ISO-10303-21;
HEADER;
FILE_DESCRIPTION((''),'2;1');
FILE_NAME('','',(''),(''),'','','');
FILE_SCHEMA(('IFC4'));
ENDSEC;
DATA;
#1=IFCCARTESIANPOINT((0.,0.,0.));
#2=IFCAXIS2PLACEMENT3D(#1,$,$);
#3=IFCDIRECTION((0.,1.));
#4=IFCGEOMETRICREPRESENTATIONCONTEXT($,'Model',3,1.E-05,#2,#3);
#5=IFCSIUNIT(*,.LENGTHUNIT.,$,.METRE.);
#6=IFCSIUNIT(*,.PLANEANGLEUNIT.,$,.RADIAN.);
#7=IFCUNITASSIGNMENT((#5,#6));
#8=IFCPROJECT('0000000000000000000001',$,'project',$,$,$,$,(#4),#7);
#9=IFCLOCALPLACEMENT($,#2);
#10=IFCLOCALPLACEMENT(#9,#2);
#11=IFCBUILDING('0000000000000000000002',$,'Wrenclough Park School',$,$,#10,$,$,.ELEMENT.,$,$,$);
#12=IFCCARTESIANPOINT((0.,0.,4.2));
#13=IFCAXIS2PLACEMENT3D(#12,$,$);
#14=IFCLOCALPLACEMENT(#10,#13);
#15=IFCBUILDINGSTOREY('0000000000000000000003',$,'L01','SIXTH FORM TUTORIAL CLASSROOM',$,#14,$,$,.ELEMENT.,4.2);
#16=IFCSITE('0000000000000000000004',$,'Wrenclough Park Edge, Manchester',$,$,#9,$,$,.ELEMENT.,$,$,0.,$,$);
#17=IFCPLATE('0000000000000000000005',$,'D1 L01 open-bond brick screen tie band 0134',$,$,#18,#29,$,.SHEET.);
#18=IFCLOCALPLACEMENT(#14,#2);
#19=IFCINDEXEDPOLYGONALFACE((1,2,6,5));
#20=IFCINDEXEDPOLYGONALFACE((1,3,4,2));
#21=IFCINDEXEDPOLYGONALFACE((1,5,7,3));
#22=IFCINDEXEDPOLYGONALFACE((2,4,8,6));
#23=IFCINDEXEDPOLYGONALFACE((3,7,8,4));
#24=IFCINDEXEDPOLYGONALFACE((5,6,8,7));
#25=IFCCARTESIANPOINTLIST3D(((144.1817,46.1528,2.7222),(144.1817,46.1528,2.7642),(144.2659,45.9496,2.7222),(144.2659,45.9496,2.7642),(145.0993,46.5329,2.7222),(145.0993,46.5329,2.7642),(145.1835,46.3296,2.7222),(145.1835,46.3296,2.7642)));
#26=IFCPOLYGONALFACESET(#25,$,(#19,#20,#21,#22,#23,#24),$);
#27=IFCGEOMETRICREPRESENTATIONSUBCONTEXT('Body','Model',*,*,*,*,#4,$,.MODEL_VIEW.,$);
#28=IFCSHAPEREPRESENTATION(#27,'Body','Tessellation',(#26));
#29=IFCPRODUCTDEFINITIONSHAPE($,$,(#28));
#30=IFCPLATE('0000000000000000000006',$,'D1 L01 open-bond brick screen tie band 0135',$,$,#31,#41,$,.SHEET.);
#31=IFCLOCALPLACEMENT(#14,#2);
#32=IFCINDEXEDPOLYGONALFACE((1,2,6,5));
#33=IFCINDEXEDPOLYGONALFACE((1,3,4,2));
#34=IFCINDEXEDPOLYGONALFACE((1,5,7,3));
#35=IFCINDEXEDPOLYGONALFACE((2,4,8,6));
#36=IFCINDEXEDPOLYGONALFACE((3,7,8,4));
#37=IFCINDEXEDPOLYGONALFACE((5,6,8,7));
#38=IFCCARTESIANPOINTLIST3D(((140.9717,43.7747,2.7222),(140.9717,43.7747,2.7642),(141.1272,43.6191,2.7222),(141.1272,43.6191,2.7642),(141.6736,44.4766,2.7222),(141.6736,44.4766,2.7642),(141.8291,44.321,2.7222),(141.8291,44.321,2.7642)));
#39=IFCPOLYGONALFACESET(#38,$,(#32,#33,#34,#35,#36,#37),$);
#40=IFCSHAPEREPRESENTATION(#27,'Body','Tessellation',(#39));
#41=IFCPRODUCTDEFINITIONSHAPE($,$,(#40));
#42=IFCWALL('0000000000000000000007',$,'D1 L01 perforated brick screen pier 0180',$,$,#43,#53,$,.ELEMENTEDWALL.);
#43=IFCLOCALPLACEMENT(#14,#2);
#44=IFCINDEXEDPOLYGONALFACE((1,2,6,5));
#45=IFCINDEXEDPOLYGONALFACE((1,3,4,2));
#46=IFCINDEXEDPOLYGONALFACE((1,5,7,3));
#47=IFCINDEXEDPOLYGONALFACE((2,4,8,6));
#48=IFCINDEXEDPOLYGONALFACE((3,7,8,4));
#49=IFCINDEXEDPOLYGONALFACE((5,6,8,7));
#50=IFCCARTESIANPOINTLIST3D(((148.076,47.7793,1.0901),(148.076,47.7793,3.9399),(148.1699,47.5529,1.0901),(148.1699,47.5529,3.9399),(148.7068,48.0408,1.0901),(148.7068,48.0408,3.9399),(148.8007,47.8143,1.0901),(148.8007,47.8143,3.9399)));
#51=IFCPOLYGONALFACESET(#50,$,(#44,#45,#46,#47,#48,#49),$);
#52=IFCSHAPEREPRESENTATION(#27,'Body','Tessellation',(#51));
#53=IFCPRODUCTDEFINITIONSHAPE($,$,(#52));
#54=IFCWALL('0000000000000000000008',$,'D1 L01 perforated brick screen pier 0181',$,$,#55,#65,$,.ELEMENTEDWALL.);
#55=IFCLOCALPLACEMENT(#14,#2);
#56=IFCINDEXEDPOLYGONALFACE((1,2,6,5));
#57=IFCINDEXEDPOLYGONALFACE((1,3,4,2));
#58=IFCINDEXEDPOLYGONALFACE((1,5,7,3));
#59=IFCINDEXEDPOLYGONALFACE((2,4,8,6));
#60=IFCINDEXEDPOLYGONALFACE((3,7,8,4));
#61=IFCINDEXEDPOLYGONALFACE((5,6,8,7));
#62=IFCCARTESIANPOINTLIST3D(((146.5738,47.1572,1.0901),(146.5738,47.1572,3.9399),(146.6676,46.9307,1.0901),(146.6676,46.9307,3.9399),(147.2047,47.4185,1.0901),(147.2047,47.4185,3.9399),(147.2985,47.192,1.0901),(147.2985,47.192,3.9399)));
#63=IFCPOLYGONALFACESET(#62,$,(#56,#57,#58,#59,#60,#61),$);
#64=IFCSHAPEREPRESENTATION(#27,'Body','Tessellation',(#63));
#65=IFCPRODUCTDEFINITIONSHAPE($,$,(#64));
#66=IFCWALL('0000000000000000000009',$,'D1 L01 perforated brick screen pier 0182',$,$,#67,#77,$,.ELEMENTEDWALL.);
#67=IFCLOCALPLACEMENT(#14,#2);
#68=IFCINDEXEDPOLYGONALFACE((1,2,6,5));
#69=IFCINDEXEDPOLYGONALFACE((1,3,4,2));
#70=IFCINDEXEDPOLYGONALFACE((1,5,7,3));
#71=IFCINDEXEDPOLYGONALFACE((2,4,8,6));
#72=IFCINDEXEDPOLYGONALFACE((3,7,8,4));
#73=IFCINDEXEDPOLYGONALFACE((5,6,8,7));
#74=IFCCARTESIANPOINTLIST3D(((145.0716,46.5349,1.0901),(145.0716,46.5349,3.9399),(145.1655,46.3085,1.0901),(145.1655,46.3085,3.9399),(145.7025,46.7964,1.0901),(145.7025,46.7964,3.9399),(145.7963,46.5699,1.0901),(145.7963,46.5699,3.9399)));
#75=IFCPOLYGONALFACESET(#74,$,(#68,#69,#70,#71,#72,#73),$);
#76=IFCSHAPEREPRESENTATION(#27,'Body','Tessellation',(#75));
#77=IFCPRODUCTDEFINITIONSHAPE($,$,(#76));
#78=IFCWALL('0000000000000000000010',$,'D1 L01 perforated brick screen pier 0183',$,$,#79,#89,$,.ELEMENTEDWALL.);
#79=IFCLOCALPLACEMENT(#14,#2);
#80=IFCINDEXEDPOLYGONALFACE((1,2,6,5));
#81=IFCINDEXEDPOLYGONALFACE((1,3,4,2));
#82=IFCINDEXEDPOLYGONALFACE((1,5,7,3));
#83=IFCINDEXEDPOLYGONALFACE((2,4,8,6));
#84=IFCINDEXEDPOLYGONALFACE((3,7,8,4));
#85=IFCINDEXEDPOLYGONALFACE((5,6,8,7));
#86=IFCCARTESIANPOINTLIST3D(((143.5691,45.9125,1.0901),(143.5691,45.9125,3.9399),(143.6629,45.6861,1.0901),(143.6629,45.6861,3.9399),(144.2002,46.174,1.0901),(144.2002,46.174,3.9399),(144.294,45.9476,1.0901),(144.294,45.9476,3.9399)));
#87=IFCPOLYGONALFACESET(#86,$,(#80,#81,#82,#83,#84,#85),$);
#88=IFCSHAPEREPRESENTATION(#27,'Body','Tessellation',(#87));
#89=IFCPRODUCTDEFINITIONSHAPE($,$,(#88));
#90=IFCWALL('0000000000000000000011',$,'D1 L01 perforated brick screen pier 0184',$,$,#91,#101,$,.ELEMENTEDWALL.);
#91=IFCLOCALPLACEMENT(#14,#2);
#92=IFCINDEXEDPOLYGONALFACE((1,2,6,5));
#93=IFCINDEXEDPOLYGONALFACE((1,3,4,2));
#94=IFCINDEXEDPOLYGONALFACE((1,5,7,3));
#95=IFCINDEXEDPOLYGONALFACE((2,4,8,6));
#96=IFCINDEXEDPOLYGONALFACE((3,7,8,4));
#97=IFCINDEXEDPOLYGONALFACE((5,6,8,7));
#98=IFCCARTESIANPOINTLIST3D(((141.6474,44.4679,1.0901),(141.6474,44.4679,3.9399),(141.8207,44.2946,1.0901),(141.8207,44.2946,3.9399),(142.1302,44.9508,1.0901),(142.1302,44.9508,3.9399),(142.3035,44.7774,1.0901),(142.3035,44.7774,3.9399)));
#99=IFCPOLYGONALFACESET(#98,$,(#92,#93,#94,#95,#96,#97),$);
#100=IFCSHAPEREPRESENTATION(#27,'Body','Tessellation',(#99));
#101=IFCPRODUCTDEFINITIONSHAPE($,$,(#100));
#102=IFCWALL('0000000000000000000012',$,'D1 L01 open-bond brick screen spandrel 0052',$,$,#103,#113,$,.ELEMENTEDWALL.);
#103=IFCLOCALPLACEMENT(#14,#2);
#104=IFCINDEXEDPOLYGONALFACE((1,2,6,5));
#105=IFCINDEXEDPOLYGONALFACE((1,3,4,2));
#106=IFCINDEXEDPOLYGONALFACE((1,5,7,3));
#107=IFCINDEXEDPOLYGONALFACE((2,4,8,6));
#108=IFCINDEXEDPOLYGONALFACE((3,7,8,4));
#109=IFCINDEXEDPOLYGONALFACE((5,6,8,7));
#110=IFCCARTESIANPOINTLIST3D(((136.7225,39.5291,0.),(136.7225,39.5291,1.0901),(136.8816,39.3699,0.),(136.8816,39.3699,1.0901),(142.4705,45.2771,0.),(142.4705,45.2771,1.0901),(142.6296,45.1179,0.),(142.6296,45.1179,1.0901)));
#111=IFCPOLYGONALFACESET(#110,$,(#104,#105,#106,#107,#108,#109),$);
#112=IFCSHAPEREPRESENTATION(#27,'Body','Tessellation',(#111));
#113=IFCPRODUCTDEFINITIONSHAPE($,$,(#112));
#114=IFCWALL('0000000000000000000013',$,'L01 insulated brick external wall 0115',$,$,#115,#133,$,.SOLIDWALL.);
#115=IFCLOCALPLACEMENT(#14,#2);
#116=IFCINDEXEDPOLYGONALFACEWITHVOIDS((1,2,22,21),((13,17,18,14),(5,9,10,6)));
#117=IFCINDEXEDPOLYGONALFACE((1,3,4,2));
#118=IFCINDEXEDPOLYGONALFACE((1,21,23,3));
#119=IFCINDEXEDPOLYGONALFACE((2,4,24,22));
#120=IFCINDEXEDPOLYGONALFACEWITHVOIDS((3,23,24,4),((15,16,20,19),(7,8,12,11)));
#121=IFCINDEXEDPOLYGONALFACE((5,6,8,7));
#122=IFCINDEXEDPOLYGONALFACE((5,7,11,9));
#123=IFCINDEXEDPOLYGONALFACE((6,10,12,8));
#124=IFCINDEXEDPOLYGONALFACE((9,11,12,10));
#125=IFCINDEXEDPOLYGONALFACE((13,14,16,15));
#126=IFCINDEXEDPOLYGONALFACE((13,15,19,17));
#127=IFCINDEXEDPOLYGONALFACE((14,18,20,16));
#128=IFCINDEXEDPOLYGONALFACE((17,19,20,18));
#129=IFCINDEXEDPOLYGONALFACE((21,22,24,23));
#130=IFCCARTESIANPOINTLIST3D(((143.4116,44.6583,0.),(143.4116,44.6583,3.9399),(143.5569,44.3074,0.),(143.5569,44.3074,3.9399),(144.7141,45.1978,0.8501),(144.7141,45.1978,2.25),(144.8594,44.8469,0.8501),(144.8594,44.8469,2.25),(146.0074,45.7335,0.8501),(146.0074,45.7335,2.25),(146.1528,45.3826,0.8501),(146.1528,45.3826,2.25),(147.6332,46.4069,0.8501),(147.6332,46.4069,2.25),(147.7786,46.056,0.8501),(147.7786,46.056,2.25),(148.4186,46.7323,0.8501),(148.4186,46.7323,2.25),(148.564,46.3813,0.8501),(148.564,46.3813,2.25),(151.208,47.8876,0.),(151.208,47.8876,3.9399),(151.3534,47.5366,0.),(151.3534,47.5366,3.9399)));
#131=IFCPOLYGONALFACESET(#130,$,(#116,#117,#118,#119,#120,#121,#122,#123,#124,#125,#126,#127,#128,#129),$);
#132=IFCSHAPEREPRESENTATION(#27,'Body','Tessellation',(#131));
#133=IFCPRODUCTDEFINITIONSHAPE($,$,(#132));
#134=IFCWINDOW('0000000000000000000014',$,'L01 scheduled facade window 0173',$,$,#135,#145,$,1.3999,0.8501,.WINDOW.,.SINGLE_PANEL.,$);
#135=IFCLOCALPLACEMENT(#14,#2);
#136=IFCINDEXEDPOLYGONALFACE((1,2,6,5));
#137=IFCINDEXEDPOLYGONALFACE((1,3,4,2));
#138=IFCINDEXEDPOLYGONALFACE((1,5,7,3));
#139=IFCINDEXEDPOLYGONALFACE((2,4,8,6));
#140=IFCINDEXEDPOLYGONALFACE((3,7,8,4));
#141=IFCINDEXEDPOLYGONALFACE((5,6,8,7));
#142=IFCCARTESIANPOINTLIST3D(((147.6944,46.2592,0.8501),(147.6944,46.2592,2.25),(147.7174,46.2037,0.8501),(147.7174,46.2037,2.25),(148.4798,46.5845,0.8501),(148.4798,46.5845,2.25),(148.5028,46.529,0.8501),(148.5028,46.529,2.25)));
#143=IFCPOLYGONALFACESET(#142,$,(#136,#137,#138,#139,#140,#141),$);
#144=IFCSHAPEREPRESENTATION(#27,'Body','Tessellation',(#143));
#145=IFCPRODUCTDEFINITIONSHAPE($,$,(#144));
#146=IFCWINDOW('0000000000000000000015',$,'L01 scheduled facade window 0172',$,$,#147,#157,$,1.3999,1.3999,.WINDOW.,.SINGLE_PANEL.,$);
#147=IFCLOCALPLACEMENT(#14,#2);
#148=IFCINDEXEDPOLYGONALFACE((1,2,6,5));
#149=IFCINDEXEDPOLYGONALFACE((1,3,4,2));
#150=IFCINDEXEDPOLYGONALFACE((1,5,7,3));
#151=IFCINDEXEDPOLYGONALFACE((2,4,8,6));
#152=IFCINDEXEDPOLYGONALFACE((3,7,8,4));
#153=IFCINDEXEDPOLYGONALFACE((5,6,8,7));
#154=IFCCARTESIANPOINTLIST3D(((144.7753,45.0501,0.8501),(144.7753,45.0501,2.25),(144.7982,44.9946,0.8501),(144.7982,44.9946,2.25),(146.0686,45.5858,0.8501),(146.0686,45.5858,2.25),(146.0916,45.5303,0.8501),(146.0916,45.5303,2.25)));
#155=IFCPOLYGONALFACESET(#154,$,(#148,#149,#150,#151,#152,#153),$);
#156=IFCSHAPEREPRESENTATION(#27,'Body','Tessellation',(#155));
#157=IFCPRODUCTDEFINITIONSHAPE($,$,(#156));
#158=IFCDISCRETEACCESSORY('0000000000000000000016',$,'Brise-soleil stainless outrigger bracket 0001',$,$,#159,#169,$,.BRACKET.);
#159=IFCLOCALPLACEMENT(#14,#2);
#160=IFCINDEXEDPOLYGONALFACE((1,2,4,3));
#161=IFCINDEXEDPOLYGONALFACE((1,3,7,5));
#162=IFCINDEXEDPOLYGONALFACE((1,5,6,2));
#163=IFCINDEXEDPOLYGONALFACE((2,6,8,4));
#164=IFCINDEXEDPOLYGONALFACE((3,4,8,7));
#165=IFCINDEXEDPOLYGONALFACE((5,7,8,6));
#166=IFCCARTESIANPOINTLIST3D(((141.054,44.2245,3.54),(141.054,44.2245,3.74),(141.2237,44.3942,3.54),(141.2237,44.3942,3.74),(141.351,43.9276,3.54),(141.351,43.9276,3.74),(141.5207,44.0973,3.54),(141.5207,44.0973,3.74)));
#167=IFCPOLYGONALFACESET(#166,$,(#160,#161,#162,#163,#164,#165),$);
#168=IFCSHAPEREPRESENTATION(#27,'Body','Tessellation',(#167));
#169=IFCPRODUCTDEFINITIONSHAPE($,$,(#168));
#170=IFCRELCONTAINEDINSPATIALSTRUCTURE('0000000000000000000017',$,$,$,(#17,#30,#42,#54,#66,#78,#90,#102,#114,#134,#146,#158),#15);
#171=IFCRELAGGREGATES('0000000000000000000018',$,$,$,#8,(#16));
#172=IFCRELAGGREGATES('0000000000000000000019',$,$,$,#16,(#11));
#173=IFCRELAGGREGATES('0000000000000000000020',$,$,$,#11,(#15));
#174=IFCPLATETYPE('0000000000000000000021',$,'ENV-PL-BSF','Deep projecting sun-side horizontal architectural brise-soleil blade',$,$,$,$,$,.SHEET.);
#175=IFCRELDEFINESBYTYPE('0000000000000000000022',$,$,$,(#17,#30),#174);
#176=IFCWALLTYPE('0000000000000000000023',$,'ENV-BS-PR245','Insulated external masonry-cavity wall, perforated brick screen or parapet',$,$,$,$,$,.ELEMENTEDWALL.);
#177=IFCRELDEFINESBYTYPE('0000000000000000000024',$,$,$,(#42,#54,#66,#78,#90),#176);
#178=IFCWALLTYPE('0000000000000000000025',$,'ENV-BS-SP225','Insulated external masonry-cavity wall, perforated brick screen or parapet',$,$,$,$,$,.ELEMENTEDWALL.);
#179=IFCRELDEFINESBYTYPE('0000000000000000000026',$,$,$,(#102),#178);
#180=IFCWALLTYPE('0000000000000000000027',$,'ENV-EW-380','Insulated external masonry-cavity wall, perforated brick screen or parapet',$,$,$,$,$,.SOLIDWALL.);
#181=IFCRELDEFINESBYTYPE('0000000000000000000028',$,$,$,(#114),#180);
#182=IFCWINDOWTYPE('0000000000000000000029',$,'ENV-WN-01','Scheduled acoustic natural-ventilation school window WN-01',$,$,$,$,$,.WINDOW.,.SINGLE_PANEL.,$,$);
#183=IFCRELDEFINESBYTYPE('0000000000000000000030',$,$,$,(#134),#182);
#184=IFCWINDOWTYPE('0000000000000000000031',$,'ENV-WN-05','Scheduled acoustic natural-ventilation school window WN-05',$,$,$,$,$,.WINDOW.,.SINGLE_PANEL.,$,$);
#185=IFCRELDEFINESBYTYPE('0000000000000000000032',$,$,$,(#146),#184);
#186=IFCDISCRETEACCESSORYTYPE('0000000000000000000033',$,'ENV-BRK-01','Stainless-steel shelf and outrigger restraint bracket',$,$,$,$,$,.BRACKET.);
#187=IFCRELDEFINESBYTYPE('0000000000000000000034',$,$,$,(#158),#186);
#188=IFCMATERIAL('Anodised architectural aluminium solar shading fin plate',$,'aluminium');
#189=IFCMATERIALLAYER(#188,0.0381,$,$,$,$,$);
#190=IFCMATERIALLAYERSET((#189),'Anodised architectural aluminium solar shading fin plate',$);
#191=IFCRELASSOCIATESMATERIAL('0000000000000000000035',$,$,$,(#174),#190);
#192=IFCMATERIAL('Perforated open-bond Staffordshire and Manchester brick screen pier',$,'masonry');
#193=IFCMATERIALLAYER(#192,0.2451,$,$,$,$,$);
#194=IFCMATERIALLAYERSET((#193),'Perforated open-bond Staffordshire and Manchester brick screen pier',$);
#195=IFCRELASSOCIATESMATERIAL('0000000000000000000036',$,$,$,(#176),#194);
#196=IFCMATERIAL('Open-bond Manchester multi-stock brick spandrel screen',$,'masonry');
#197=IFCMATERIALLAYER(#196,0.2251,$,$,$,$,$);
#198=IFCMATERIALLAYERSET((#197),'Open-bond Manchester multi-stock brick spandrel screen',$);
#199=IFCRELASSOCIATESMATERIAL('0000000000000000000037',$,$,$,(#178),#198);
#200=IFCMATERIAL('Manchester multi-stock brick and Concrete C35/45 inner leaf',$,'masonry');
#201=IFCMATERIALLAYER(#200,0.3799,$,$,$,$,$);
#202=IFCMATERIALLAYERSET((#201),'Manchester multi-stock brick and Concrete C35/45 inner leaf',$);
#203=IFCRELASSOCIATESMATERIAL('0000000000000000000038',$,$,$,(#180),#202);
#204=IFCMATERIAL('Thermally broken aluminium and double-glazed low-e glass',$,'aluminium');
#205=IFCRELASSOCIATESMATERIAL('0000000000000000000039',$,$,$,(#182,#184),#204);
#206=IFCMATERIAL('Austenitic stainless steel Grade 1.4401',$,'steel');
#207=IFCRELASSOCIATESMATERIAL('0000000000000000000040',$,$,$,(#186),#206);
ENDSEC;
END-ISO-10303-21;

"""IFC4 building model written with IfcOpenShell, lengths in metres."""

from ifc_helpers import new_model, si_unit, direction, frame, frame_2d, origin, origin_2d, place, context, subcontext, project, spatial, rectangle, extrude, material, layer, layer_set, type_object, element, fill, save


model = new_model("IFC4")

# Units and contexts
model_context = context("Model", 3, precision=1e-05, world=origin(), true_north=direction((0.0, 1.0)))
body_context = subcontext(model_context, "Body", "Model", "MODEL_VIEW")
ifc_project = project(units=[si_unit("LENGTHUNIT", "METRE"), si_unit("PLANEANGLEUNIT", "RADIAN")], contexts=[model_context])

# Site, building, storey
site_placement = place(None, origin())
site = spatial("IfcSite", under=ifc_project, at=site_placement, Name="Wrenclough Park Edge, Manchester", CompositionType="ELEMENT", RefElevation=0.0)
building_placement = place(site_placement, origin())
building = spatial("IfcBuilding", under=site, at=building_placement, Name="Wrenclough Park School", CompositionType="ELEMENT")
storey_placement = place(building_placement, frame((0.0, 0.0, 4.2)))
storey = spatial("IfcBuildingStorey", under=building, at=storey_placement, Name="L01", Description="SIXTH FORM TUTORIAL CLASSROOM", CompositionType="ELEMENT", Elevation=4.2)

# Plates
ifc_material_1 = material(Name="Anodised architectural aluminium solar shading fin plate", Category="aluminium")
ifc_layer_1 = layer(ifc_material_1, 0.0381)
ifc_layer_set_1 = layer_set([ifc_layer_1], Name="Anodised architectural aluminium solar shading fin plate")
plate_type_1 = type_object("IfcPlateType", Name="ENV-PL-BSF", Description="Deep projecting sun-side horizontal architectural brise-soleil blade", PredefinedType="SHEET", material=ifc_layer_set_1)
plate_1_placement = place(storey_placement, frame((144.6826, 46.2412, 2.7222), z_axis=(0.0, 0.0, 1.0), x_axis=(-0.923877, -0.38269, 0.0)))
element("IfcPlate", 1, at=plate_1_placement, inside=storey, type_object=plate_type_1, Name="D1 L01 open-bond brick screen tie band 0134", PredefinedType="SHEET", context=body_context, shape_type="SweptSolid", body=[
    extrude(rectangle(XDim=0.9932, YDim=0.22, at=origin_2d()), origin(), (0.0, 0.0, 1.0), 0.042),
])
plate_2_placement = place(storey_placement, frame((141.4004, 44.0479, 2.7222), z_axis=(0.0, 0.0, 1.0), x_axis=(-0.707107, -0.707107, 0.0)))
element("IfcPlate", 2, at=plate_2_placement, inside=storey, type_object=plate_type_1, Name="D1 L01 open-bond brick screen tie band 0135", PredefinedType="SHEET", context=body_context, shape_type="SweptSolid", body=[
    extrude(rectangle(XDim=0.9927, YDim=0.22, at=origin_2d()), origin(), (0.0, 0.0, 1.0), 0.042),
])

# Walls
ifc_material_2 = material(Name="Perforated open-bond Staffordshire and Manchester brick screen pier", Category="masonry")
ifc_layer_2 = layer(ifc_material_2, 0.2451)
ifc_layer_set_2 = layer_set([ifc_layer_2], Name="Perforated open-bond Staffordshire and Manchester brick screen pier")
wall_type_1 = type_object("IfcWallType", Name="ENV-BS-PR245", Description="Insulated external masonry-cavity wall, perforated brick screen or parapet", PredefinedType="ELEMENTEDWALL", material=ifc_layer_set_2)
for number, where, z_axis, x_axis, name in (
    (3, (148.7537, 47.9275, 1.0901), (0.0, 0.0, 1.0), (-0.923795, -0.382889, 0.0), "D1 L01 perforated brick screen pier 0180"),
    (4, (147.2515, 47.3052, 1.0901), (0.0, 0.0, 1.0), (-0.923921, -0.382583, 0.0), "D1 L01 perforated brick screen pier 0181"),
    (5, (145.7493, 46.6831, 1.0901), (0.0, 0.0, 1.0), (-0.923795, -0.382889, 0.0), "D1 L01 perforated brick screen pier 0182"),
):
    element("IfcWall", number, at=place(storey_placement, frame(where, z_axis=z_axis, x_axis=x_axis)), inside=storey, type_object=wall_type_1, Name=name, PredefinedType="ELEMENTEDWALL", context=body_context, shape_type="SweptSolid", body=[
        extrude(rectangle(XDim=0.6829, YDim=0.2451, at=frame_2d((0.3413, 0.0))), origin(), (0.0, 0.0, 1.0), 2.8499),
    ])
wall_1_placement = place(storey_placement, frame((144.2471, 46.0608, 1.0901), z_axis=(0.0, 0.0, 1.0), x_axis=(-0.923847, -0.382762, 0.0)))
element("IfcWall", 6, at=wall_1_placement, inside=storey, type_object=wall_type_1, Name="D1 L01 perforated brick screen pier 0183", PredefinedType="ELEMENTEDWALL", context=body_context, shape_type="SweptSolid", body=[
    extrude(rectangle(XDim=0.6831, YDim=0.2451, at=frame_2d((0.3416, 0.0))), origin(), (0.0, 0.0, 1.0), 2.8499),
])
wall_2_placement = place(storey_placement, frame((142.2168, 44.864, 1.0901), z_axis=(0.0, 0.0, 1.0), x_axis=(-0.707107, -0.707107, 0.0)))
element("IfcWall", 7, at=wall_2_placement, inside=storey, type_object=wall_type_1, Name="D1 L01 perforated brick screen pier 0184", PredefinedType="ELEMENTEDWALL", context=body_context, shape_type="SweptSolid", body=[
    extrude(rectangle(XDim=0.6829, YDim=0.2451, at=frame_2d((0.3413, 0.0))), origin(), (0.0, 0.0, 1.0), 2.8499),
])
ifc_material_3 = material(Name="Open-bond Manchester multi-stock brick spandrel screen", Category="masonry")
ifc_layer_3 = layer(ifc_material_3, 0.2251)
ifc_layer_set_3 = layer_set([ifc_layer_3], Name="Open-bond Manchester multi-stock brick spandrel screen")
wall_type_2 = type_object("IfcWallType", Name="ENV-BS-SP225", Description="Insulated external masonry-cavity wall, perforated brick screen or parapet", PredefinedType="ELEMENTEDWALL", material=ifc_layer_set_3)
wall_3_placement = place(storey_placement, frame((142.55, 45.1975, 0.0), z_axis=(0.0, 0.0, 1.0), x_axis=(-0.707107, -0.707107, 0.0)))
element("IfcWall", 8, at=wall_3_placement, inside=storey, type_object=wall_type_2, Name="D1 L01 open-bond brick screen spandrel 0052", PredefinedType="ELEMENTEDWALL", context=body_context, shape_type="SweptSolid", body=[
    extrude(rectangle(XDim=8.1289, YDim=0.2251, at=frame_2d((4.0645, 0.0))), origin(), (0.0, 0.0, 1.0), 1.0901),
])

# Wall, openings, windows
ifc_material_4 = material(Name="Manchester multi-stock brick and Concrete C35/45 inner leaf", Category="masonry")
ifc_layer_4 = layer(ifc_material_4, 0.3799)
ifc_layer_set_4 = layer_set([ifc_layer_4], Name="Manchester multi-stock brick and Concrete C35/45 inner leaf")
wall_type_3 = type_object("IfcWallType", Name="ENV-EW-380", Description="Insulated external masonry-cavity wall, perforated brick screen or parapet", PredefinedType="SOLIDWALL", material=ifc_layer_set_4)
wall_4_placement = place(storey_placement, frame((143.4844, 44.4829, 0.0), z_axis=(0.0, 0.0, 1.0), x_axis=(0.923885, 0.382671, 0.0)))
wall_4 = element("IfcWall", 9, at=wall_4_placement, inside=storey, type_object=wall_type_3, Name="L01 insulated brick external wall 0115", PredefinedType="SOLIDWALL", context=body_context, shape_type="SweptSolid", body=[
    extrude(rectangle(XDim=8.4387, YDim=0.3799, at=frame_2d((4.2192, 0.0))), origin(), (0.0, 0.0, 1.0), 3.9399),
])
opening_1_placement = place(wall_4_placement, frame((1.4097, 0.0, 0.8501)))
opening_1 = element("IfcOpeningElement", 10, at=opening_1_placement, cuts=wall_4, PredefinedType="OPENING", context=body_context, shape_type="SweptSolid", body=[
    extrude(rectangle(XDim=1.3999, YDim=1.3999, at=frame_2d((0.7, 0.7))), frame((0.0, 0.2, 0.0), z_axis=(0.0, -1.0, 0.0), x_axis=(1.0, 0.0, 0.0)), (0.0, 0.0, 1.0), 0.3999),
])
opening_2_placement = place(wall_4_placement, frame((4.5693, 0.0, 0.8501)))
opening_2 = element("IfcOpeningElement", 11, at=opening_2_placement, cuts=wall_4, PredefinedType="OPENING", context=body_context, shape_type="SweptSolid", body=[
    extrude(rectangle(XDim=0.8501, YDim=1.3999, at=frame_2d((0.425, 0.7))), frame((0.0, 0.2, 0.0), z_axis=(0.0, -1.0, 0.0), x_axis=(1.0, 0.0, 0.0)), (0.0, 0.0, 1.0), 0.3999),
])
ifc_material_5 = material(Name="Thermally broken aluminium and double-glazed low-e glass", Category="aluminium")
window_type_1 = type_object("IfcWindowType", Name="ENV-WN-01", Description="Scheduled acoustic natural-ventilation school window WN-01", PartitioningType="SINGLE_PANEL", PredefinedType="WINDOW", material=ifc_material_5)
window_1_placement = place(opening_2_placement, origin())
window_1 = element("IfcWindow", 12, at=window_1_placement, inside=storey, type_object=window_type_1, Name="L01 scheduled facade window 0173", OverallHeight=1.3999, OverallWidth=0.8501, PartitioningType="SINGLE_PANEL", PredefinedType="WINDOW", context=body_context, shape_type="SweptSolid", body=[
    extrude(rectangle(XDim=0.8501, YDim=1.3999, at=frame_2d((0.425, 0.7))), frame((0.0, 0.03, 0.0), z_axis=(0.0, -1.0, 0.0), x_axis=(1.0, 0.0, 0.0)), (0.0, 0.0, 1.0), 0.0601),
])
fill(opening_2, window_1)
window_type_2 = type_object("IfcWindowType", Name="ENV-WN-05", Description="Scheduled acoustic natural-ventilation school window WN-05", PartitioningType="SINGLE_PANEL", PredefinedType="WINDOW", material=ifc_material_5)
window_2_placement = place(opening_1_placement, origin())
window_2 = element("IfcWindow", 13, at=window_2_placement, inside=storey, type_object=window_type_2, Name="L01 scheduled facade window 0172", OverallHeight=1.3999, OverallWidth=1.3999, PartitioningType="SINGLE_PANEL", PredefinedType="WINDOW", context=body_context, shape_type="SweptSolid", body=[
    extrude(rectangle(XDim=1.3999, YDim=1.3999, at=frame_2d((0.7, 0.7))), frame((0.0, 0.03, 0.0), z_axis=(0.0, -1.0, 0.0), x_axis=(1.0, 0.0, 0.0)), (0.0, 0.0, 1.0), 0.0601),
])
fill(opening_1, window_2)

# Discrete accessory
ifc_material_6 = material(Name="Austenitic stainless steel Grade 1.4401", Category="steel")
discrete_accessory_type = type_object("IfcDiscreteAccessoryType", Name="ENV-BRK-01", Description="Stainless-steel shelf and outrigger restraint bracket", PredefinedType="BRACKET", material=ifc_material_6)
discrete_accessory_placement = place(storey_placement, frame((141.2874, 44.1609, 3.54), z_axis=(0.0, 0.0, 1.0), x_axis=(-0.707107, -0.707107, 0.0)))
element("IfcDiscreteAccessory", 14, at=discrete_accessory_placement, inside=storey, type_object=discrete_accessory_type, Name="Brise-soleil stainless outrigger bracket 0001", PredefinedType="BRACKET", context=body_context, shape_type="SweptSolid", body=[
    extrude(rectangle(XDim=0.24, YDim=0.4199, at=origin_2d()), origin(), (0.0, 0.0, 1.0), 0.2),
])

save(model, "model.ifc")
